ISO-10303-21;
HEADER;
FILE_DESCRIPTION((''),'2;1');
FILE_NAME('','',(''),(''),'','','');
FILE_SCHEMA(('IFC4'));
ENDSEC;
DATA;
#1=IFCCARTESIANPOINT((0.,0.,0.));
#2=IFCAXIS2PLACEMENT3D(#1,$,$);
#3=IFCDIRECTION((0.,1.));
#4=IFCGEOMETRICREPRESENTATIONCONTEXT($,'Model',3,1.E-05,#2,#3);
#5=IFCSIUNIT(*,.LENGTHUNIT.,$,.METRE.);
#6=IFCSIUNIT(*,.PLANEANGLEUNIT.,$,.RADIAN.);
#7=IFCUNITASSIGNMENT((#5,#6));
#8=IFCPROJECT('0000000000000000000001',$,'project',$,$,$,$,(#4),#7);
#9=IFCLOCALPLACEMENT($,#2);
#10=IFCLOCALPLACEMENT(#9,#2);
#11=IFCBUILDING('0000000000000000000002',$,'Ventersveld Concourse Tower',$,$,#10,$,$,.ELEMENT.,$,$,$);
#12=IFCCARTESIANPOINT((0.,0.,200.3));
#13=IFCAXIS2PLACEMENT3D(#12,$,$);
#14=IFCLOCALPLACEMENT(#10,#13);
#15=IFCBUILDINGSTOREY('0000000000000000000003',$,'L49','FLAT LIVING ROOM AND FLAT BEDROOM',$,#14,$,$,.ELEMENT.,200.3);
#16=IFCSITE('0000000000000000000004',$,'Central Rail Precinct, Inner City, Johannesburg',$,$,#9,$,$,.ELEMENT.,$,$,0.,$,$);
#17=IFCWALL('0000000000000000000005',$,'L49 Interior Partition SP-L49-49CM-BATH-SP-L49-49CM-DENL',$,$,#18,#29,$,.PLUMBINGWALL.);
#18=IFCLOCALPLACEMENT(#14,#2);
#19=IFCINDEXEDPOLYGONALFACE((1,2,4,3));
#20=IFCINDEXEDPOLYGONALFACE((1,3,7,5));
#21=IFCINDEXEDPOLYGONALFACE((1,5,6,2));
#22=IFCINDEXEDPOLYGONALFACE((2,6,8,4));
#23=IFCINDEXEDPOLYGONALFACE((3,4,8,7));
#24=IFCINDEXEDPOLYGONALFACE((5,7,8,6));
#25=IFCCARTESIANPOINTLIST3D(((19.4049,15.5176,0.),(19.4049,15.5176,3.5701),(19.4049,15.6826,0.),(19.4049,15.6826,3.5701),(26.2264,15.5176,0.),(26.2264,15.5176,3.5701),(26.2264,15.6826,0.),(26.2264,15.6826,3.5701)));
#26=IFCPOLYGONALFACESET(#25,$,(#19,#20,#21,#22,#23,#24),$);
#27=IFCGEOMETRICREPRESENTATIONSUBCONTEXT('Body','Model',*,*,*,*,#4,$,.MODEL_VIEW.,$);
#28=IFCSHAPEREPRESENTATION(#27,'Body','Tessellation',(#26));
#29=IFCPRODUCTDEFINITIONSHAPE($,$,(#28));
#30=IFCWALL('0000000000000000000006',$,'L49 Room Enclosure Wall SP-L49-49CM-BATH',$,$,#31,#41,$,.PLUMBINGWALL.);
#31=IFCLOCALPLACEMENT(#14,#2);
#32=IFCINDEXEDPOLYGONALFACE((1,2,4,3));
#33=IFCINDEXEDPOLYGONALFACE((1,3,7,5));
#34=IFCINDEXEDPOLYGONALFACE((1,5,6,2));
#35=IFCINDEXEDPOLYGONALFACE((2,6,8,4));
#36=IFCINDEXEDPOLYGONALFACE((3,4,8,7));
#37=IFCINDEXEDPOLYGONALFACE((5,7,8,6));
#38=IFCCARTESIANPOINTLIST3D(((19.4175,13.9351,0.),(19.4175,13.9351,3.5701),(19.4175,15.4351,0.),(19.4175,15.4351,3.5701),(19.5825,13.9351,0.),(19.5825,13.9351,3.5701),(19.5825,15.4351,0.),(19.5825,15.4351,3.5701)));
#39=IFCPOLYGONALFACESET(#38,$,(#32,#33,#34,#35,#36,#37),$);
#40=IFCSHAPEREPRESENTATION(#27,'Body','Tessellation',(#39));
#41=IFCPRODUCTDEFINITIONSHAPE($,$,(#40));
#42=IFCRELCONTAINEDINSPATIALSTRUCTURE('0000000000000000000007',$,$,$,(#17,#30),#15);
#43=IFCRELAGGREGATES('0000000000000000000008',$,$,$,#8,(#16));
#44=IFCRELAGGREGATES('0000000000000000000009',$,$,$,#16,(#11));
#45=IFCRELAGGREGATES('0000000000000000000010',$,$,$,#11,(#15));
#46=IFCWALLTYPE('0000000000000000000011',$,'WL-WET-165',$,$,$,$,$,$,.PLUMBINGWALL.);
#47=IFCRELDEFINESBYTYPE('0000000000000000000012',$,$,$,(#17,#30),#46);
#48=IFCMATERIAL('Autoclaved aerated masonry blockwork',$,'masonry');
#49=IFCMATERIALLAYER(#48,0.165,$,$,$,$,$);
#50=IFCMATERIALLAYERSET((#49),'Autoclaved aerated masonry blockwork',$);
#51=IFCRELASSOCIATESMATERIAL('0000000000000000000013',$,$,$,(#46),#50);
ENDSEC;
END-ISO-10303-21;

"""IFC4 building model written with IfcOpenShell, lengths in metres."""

from ifc_helpers import new_model, si_unit, direction, frame, frame_2d, origin, place, context, subcontext, project, spatial, rectangle, extrude, material, layer, layer_set, type_object, element, save


model = new_model("IFC4")

# Units and contexts
model_context = context("Model", 3, precision=1e-05, world=origin(), true_north=direction((0.0, 1.0)))
body_context = subcontext(model_context, "Body", "Model", "MODEL_VIEW")
ifc_project = project(units=[si_unit("LENGTHUNIT", "METRE"), si_unit("PLANEANGLEUNIT", "RADIAN")], contexts=[model_context])

# Site, building, storey
site_placement = place(None, origin())
site = spatial("IfcSite", under=ifc_project, at=site_placement, Name="Central Rail Precinct, Inner City, Johannesburg", CompositionType="ELEMENT", RefElevation=0.0)
building_placement = place(site_placement, origin())
building = spatial("IfcBuilding", under=site, at=building_placement, Name="Ventersveld Concourse Tower", CompositionType="ELEMENT")
storey_placement = place(building_placement, frame((0.0, 0.0, 200.3)))
storey = spatial("IfcBuildingStorey", under=building, at=storey_placement, Name="L49", Description="FLAT LIVING ROOM AND FLAT BEDROOM", CompositionType="ELEMENT", Elevation=200.3)

# Shared definitions
ifc_material_1 = material(Name="Autoclaved aerated masonry blockwork", Category="masonry")
ifc_layer_1 = layer(ifc_material_1, 0.165)
ifc_layer_set_1 = layer_set([ifc_layer_1], Name="Autoclaved aerated masonry blockwork")
wall_type_1 = type_object("IfcWallType", Name="WL-WET-165", PredefinedType="PLUMBINGWALL", material=ifc_layer_set_1)

# Walls
wall_1_placement = place(storey_placement, frame((19.405, 15.6001, 0.0), z_axis=(0.0, 0.0, 1.0), x_axis=(1.0, 0.0, 0.0)))
element("IfcWall", 1, at=wall_1_placement, inside=storey, type_object=wall_type_1, Name="L49 Interior Partition SP-L49-49CM-BATH-SP-L49-49CM-DENL", PredefinedType="PLUMBINGWALL", context=body_context, shape_type="SweptSolid", body=[
    extrude(rectangle(XDim=6.8215, YDim=0.165, at=frame_2d((3.4106, 0.0))), origin(), (0.0, 0.0, 1.0), 3.5701),
])
wall_2_placement = place(storey_placement, frame((19.5, 13.9351, 0.0), z_axis=(0.0, 0.0, 1.0), x_axis=(0.0, 1.0, 0.0)))
element("IfcWall", 2, at=wall_2_placement, inside=storey, type_object=wall_type_1, Name="L49 Room Enclosure Wall SP-L49-49CM-BATH", PredefinedType="PLUMBINGWALL", context=body_context, shape_type="SweptSolid", body=[
    extrude(rectangle(XDim=1.5, YDim=0.165, at=frame_2d((0.75, 0.0))), origin(), (0.0, 0.0, 1.0), 3.5701),
])

save(model, "model.ifc")
